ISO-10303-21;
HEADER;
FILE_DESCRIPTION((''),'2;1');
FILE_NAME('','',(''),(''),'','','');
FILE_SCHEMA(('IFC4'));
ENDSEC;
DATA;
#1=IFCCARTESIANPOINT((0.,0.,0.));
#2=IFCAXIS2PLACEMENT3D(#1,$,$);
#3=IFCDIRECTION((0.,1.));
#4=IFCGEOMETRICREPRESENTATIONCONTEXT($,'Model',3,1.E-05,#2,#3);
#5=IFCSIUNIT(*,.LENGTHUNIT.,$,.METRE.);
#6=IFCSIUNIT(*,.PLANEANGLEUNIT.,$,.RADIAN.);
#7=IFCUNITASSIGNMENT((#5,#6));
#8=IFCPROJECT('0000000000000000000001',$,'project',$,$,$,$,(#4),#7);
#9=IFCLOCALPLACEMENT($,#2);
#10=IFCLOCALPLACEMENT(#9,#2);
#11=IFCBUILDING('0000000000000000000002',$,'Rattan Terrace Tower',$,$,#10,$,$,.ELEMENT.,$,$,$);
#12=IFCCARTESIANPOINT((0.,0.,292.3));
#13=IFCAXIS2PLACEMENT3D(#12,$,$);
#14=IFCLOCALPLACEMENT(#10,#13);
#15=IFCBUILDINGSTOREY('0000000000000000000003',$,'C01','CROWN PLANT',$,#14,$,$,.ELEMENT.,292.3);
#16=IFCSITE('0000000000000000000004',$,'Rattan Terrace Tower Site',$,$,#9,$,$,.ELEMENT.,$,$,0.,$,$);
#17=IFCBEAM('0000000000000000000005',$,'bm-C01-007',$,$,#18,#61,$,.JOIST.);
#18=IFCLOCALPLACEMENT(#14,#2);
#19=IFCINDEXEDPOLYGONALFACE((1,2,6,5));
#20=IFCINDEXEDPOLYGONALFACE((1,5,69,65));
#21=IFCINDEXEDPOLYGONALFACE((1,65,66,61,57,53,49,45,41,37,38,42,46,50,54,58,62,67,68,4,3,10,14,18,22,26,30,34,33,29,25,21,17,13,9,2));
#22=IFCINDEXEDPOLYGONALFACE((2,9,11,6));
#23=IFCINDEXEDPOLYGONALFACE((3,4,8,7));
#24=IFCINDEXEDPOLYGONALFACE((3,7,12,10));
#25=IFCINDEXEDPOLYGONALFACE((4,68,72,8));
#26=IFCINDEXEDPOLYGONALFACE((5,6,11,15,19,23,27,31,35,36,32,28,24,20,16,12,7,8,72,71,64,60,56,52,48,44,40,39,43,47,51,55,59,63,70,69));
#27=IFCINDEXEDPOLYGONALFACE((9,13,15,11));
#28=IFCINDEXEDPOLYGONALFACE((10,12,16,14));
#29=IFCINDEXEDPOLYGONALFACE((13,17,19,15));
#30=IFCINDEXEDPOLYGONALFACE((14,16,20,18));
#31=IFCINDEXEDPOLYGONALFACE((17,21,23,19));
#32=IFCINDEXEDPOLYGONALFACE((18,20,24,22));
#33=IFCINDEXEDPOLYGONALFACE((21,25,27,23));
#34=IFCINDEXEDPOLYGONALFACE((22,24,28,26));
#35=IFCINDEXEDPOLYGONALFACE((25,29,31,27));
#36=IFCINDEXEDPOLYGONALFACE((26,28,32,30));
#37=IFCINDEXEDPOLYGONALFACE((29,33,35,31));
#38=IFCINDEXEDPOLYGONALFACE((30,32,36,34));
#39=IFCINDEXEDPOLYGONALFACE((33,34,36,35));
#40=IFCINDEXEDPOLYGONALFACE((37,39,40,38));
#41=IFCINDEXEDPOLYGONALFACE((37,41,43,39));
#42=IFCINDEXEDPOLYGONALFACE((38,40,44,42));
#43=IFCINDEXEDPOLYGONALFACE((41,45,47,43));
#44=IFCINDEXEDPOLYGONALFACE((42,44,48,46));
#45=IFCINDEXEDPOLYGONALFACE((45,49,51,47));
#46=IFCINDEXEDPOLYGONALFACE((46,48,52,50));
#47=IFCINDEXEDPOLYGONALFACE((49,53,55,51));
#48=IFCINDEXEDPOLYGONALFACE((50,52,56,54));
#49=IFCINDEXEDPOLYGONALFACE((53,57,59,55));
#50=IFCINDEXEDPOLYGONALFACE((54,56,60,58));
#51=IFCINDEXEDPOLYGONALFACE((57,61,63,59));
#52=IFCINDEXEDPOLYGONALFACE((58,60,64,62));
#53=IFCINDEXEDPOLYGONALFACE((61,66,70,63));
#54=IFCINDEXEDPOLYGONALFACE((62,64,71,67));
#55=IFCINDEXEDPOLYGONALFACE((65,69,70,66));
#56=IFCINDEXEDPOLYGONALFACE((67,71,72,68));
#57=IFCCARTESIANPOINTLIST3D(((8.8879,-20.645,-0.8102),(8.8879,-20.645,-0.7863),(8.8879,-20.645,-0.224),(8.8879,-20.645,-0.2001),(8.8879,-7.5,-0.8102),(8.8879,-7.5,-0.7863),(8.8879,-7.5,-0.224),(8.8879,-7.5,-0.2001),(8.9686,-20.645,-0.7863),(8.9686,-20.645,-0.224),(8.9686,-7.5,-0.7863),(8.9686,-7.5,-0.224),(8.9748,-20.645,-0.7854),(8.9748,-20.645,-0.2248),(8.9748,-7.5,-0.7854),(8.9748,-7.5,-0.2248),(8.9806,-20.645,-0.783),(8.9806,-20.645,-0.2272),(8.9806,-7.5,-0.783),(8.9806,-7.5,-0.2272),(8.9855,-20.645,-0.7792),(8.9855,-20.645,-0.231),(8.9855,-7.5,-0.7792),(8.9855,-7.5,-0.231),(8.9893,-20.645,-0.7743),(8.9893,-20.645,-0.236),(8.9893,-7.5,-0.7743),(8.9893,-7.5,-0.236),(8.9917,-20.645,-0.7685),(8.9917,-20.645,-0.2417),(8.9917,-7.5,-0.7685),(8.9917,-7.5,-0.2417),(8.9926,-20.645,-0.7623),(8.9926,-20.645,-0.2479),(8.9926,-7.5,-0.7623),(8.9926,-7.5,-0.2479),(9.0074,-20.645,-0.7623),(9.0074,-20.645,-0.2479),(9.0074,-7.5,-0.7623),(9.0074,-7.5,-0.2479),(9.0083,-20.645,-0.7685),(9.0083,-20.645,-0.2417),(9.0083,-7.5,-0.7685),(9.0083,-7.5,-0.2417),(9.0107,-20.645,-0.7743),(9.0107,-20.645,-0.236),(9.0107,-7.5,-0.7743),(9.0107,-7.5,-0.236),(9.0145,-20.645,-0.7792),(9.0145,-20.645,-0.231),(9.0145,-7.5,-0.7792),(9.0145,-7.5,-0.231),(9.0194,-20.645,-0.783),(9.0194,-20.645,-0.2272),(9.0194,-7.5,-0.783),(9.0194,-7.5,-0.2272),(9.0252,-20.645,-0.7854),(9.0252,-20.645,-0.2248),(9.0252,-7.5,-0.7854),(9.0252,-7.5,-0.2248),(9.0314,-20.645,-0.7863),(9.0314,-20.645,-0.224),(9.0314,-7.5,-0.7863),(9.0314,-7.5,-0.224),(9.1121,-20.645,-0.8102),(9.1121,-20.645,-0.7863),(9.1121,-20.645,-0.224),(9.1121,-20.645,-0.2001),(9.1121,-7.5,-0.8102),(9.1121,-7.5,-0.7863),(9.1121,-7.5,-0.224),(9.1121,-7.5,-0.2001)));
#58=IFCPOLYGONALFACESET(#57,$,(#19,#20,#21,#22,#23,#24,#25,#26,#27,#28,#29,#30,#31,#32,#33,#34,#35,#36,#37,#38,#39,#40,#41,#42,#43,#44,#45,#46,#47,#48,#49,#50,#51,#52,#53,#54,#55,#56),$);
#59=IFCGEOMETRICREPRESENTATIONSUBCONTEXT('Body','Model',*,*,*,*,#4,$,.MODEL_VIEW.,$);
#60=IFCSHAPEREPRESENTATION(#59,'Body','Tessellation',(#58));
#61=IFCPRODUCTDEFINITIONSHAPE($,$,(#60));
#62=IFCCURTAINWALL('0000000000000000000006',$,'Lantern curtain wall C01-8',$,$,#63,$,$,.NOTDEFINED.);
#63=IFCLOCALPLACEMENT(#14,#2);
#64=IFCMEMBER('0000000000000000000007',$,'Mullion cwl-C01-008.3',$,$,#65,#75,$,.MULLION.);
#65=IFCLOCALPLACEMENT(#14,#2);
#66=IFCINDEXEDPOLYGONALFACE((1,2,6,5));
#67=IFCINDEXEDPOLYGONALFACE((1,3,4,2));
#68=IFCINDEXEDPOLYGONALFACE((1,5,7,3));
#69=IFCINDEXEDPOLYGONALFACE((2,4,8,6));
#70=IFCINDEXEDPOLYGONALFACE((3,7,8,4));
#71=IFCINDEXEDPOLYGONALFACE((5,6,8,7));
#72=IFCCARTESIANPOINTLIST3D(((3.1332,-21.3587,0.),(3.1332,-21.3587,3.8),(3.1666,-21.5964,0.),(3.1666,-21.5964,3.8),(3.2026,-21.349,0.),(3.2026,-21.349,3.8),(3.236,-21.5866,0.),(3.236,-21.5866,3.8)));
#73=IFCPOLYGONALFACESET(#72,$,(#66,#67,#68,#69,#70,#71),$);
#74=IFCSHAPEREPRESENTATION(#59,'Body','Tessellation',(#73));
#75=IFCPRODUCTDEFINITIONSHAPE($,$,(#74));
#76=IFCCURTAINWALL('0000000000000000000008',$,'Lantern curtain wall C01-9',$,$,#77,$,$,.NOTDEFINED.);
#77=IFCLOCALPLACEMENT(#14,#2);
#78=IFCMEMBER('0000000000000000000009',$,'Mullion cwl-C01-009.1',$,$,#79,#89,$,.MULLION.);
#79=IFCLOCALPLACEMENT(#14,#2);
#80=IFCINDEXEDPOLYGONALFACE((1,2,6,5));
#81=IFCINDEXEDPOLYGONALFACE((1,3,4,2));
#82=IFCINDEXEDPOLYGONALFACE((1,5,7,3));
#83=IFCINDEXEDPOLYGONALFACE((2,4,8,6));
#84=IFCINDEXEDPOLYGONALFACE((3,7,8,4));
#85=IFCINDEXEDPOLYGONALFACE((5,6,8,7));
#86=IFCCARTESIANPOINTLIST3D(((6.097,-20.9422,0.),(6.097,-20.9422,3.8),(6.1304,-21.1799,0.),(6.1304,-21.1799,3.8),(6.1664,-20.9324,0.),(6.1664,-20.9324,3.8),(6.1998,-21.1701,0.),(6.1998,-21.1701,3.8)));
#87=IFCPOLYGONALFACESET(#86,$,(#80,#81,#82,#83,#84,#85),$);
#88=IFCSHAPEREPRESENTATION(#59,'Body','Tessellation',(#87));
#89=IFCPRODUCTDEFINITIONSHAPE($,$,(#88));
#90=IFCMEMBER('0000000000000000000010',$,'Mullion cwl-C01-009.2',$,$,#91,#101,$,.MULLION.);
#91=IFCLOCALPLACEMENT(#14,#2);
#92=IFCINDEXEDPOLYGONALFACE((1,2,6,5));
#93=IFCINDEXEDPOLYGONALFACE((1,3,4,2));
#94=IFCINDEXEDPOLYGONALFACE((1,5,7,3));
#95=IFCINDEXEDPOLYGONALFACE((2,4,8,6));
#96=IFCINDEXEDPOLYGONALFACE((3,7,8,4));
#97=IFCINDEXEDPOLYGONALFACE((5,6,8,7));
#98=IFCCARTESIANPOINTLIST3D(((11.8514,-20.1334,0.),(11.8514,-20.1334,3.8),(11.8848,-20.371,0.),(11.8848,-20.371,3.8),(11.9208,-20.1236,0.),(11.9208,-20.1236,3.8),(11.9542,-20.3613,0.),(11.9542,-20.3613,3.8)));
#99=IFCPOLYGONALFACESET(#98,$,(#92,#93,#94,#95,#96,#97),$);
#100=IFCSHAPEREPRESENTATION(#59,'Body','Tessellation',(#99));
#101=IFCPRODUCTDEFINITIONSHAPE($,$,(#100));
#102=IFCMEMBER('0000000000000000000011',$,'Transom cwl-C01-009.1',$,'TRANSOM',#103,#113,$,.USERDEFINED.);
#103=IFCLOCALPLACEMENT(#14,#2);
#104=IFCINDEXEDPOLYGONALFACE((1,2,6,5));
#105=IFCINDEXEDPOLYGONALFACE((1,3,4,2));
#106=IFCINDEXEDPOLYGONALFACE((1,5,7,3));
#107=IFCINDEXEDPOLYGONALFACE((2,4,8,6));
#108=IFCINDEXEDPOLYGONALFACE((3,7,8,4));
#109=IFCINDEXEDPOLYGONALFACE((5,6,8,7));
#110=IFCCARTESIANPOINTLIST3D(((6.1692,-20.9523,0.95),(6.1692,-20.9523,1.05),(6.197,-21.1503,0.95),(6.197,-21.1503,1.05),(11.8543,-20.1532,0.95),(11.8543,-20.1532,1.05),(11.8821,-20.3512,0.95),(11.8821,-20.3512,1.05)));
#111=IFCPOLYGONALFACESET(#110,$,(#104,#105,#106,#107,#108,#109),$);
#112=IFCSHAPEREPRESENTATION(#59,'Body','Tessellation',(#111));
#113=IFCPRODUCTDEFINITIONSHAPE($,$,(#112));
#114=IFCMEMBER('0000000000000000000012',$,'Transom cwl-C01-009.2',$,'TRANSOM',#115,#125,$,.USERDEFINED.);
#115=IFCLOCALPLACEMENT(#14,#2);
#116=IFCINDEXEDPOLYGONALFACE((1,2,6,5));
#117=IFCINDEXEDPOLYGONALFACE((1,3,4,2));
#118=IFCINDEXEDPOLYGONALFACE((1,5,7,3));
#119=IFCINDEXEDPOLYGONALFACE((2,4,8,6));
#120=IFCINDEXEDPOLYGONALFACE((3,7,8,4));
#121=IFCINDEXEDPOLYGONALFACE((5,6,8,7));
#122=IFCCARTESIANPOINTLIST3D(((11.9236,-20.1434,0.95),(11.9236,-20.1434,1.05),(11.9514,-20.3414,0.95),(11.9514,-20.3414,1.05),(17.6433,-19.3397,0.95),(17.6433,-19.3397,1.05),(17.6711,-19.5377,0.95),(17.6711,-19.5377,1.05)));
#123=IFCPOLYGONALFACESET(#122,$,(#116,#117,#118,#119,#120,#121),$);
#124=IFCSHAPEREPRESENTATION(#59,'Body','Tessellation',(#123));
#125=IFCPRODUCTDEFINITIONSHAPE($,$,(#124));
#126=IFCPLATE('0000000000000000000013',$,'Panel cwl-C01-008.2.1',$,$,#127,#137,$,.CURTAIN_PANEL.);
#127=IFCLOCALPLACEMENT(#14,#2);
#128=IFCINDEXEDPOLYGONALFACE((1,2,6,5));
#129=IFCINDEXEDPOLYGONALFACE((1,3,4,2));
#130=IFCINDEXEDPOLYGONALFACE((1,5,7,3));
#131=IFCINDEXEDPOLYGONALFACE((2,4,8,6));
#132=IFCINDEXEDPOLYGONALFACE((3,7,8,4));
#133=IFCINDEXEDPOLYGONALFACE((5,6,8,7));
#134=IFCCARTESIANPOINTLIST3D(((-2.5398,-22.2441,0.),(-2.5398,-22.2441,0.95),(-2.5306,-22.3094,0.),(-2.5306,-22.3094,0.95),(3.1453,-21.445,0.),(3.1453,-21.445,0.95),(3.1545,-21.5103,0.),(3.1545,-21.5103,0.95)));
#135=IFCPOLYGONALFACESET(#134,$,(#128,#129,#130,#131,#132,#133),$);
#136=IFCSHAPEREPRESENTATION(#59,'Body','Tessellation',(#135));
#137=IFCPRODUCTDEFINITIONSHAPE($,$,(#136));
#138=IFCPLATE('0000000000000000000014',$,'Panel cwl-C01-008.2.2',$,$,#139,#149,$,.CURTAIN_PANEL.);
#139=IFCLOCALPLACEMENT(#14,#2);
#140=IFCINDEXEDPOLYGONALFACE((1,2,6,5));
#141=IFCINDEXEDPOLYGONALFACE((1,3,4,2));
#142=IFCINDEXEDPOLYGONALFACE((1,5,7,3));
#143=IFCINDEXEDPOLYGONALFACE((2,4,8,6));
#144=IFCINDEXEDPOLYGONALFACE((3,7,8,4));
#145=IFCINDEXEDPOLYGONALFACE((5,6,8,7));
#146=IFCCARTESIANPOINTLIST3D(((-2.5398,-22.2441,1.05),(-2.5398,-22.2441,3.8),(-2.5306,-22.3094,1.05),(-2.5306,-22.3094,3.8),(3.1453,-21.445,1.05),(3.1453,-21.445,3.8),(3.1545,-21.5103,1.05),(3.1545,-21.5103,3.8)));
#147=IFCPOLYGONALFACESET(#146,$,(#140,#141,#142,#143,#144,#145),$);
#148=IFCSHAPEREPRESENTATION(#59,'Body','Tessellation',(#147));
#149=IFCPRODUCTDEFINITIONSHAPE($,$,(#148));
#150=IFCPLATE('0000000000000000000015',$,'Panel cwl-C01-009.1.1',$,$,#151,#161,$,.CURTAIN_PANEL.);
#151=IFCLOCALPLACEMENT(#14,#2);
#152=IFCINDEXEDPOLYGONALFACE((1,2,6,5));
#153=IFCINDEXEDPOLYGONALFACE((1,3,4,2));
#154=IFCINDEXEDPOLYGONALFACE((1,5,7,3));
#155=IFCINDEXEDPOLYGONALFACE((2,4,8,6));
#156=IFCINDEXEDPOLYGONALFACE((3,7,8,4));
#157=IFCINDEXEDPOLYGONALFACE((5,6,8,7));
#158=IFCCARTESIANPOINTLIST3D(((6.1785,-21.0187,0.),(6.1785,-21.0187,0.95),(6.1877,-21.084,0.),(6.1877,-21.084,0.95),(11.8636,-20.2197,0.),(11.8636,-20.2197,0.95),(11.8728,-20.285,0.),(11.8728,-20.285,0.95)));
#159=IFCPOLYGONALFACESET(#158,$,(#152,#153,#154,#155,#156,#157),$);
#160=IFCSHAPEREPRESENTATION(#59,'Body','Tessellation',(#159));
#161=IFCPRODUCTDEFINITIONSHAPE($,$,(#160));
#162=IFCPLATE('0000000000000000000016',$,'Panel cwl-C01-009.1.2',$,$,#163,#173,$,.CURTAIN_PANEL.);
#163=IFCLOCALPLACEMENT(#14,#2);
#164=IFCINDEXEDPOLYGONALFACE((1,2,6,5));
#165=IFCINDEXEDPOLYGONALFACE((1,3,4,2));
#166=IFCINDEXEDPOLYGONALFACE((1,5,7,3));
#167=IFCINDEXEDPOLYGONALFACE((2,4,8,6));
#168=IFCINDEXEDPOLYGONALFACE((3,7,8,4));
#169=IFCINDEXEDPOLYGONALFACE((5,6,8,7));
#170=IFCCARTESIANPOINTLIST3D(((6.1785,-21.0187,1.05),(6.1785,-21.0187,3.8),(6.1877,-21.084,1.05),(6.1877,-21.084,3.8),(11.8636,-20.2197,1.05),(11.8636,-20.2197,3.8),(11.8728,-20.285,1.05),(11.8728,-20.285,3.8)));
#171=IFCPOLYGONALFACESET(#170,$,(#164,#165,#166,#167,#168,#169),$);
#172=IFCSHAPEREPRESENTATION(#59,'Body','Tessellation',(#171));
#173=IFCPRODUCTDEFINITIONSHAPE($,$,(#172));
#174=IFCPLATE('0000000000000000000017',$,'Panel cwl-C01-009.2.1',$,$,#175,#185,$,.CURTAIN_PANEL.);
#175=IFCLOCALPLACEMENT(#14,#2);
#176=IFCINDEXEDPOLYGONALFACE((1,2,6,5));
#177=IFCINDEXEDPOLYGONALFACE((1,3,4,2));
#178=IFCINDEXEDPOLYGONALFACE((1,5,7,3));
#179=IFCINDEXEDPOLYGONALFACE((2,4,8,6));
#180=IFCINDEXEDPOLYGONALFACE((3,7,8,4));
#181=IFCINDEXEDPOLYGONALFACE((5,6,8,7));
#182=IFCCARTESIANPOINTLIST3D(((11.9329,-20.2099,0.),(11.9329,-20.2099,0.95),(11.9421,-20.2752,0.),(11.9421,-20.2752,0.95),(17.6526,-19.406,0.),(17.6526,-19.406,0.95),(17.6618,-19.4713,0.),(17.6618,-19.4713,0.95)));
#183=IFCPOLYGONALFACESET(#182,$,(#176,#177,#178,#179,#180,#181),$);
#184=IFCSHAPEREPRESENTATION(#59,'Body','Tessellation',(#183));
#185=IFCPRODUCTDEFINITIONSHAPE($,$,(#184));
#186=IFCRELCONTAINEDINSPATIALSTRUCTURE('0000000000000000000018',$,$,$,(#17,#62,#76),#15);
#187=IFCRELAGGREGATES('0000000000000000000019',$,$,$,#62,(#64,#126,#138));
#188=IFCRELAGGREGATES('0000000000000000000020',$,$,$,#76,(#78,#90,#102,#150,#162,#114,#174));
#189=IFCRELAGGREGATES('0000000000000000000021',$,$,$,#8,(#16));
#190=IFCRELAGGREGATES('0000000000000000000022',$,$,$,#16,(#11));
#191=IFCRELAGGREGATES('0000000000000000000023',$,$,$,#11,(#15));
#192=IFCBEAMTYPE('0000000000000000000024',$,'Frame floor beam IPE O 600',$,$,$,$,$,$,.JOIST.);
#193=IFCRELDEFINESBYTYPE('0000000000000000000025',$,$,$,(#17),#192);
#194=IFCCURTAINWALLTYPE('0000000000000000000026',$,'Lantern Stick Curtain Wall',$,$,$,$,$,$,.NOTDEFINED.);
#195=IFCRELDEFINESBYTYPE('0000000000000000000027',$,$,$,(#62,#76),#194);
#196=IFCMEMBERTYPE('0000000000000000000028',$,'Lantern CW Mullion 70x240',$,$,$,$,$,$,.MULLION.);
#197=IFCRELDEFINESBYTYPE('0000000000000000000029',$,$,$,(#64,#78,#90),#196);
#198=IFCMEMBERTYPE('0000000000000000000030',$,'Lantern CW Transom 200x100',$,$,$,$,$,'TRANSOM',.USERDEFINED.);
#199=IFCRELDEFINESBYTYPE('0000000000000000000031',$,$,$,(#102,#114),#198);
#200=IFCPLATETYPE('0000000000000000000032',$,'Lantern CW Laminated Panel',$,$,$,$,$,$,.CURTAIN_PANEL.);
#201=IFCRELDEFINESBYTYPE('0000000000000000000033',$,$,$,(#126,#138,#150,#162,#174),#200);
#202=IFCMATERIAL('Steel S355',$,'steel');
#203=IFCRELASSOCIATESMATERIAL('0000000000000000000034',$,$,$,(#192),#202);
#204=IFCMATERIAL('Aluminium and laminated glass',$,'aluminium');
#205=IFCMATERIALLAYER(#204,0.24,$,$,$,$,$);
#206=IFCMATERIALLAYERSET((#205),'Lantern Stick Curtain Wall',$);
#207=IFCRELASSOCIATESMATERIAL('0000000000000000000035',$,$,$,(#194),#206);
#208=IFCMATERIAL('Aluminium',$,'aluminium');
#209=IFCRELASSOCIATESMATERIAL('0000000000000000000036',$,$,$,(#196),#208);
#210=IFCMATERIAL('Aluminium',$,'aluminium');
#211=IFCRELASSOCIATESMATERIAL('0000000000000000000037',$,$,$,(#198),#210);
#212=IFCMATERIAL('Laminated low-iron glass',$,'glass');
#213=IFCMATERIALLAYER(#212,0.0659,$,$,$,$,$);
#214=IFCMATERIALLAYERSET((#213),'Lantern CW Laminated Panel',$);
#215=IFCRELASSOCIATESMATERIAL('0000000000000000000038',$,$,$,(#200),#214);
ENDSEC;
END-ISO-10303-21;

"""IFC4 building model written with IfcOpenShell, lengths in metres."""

from ifc_helpers import new_model, si_unit, direction, frame, origin, origin_2d, place, context, subcontext, project, spatial, rectangle, i_section, extrude, material, layer, layer_set, material_profile, profile_set, type_object, element, aggregate, save


model = new_model("IFC4")

# Units and contexts
model_context = context("Model", 3, precision=1e-05, world=origin(), true_north=direction((0.0, 1.0)))
body_context = subcontext(model_context, "Body", "Model", "MODEL_VIEW")
ifc_project = project(units=[si_unit("LENGTHUNIT", "METRE"), si_unit("PLANEANGLEUNIT", "RADIAN")], contexts=[model_context])

# Site, building, storey
site_placement = place(None, origin())
site = spatial("IfcSite", under=ifc_project, at=site_placement, Name="Rattan Terrace Tower Site", CompositionType="ELEMENT", RefElevation=0.0)
building_placement = place(site_placement, origin())
building = spatial("IfcBuilding", under=site, at=building_placement, Name="Rattan Terrace Tower", CompositionType="ELEMENT")
storey_placement = place(building_placement, frame((0.0, 0.0, 292.3)))
storey = spatial("IfcBuildingStorey", under=building, at=storey_placement, Name="C01", Description="CROWN PLANT", CompositionType="ELEMENT", Elevation=292.3)

# Beam
ifc_material_1 = material(Name="Steel S355", Category="steel")
ifc_material_profile_1 = material_profile(ifc_material_1, i_section(OverallWidth=0.2241, OverallDepth=0.6101, WebThickness=0.0149, FlangeThickness=0.0239, FilletRadius=0.0239, at=origin_2d()), Name="IPE O 600")
ifc_profile_set_1 = profile_set([ifc_material_profile_1], Name="Steel S355")
beam_type_1 = type_object("IfcBeamType", Name="Frame floor beam IPE O 600", PredefinedType="JOIST", material=ifc_profile_set_1)
beam_1_placement = place(storey_placement, frame((9.0, -20.645, -0.5051), z_axis=(0.0, 1.0, 0.0), x_axis=(-1.0, 0.0, 0.0)))
element("IfcBeam", 1, at=beam_1_placement, inside=storey, type_object=beam_type_1, Name="bm-C01-007", PredefinedType="JOIST", context=body_context, shape_type="SweptSolid", body=[
    extrude(i_section(OverallWidth=0.2241, OverallDepth=0.6101, WebThickness=0.0149, FlangeThickness=0.0239, FilletRadius=0.0239, at=origin_2d()), origin(), (0.0, 0.0, 1.0), 13.145),
])

# Curtain wall, member
ifc_material_2 = material(Name="Aluminium and laminated glass", Category="aluminium")
ifc_layer_1 = layer(ifc_material_2, 0.24)
ifc_layer_set_1 = layer_set([ifc_layer_1], Name="Lantern Stick Curtain Wall")
curtain_wall_type = type_object("IfcCurtainWallType", Name="Lantern Stick Curtain Wall", PredefinedType="NOTDEFINED", material=ifc_layer_set_1)
curtain_wall_1_placement = place(storey_placement, origin())
curtain_wall_1 = element("IfcCurtainWall", 2, at=curtain_wall_1_placement, inside=storey, type_object=curtain_wall_type, Name="Lantern curtain wall C01-8", PredefinedType="NOTDEFINED")
ifc_material_3 = material(Name="Aluminium", Category="aluminium")
ifc_material_profile_2 = material_profile(ifc_material_3, rectangle(XDim=0.0701, YDim=0.24, at=origin_2d()), Name="Aluminium 70x240")
ifc_profile_set_2 = profile_set([ifc_material_profile_2], Name="Aluminium")
member_type_1 = type_object("IfcMemberType", Name="Lantern CW Mullion 70x240", PredefinedType="MULLION", material=ifc_profile_set_2)
member_1_placement = place(storey_placement, frame((3.1846, -21.4727, 0.0), z_axis=(0.0, 0.0, 1.0), x_axis=(0.990267, 0.139181, 0.0)))
member_1 = element("IfcMember", 3, at=member_1_placement, type_object=member_type_1, Name="Mullion cwl-C01-008.3", PredefinedType="MULLION", context=body_context, shape_type="SweptSolid", body=[
    extrude(rectangle(XDim=0.0701, YDim=0.24, at=origin_2d()), origin(), (0.0, 0.0, 1.0), 3.8),
])

# Curtain wall, members
curtain_wall_2_placement = place(storey_placement, origin())
curtain_wall_2 = element("IfcCurtainWall", 4, at=curtain_wall_2_placement, inside=storey, type_object=curtain_wall_type, Name="Lantern curtain wall C01-9", PredefinedType="NOTDEFINED")
member_2_placement = place(storey_placement, frame((6.1484, -21.0562, 0.0), z_axis=(0.0, 0.0, 1.0), x_axis=(0.990267, 0.139181, 0.0)))
member_2 = element("IfcMember", 5, at=member_2_placement, type_object=member_type_1, Name="Mullion cwl-C01-009.1", PredefinedType="MULLION", context=body_context, shape_type="SweptSolid", body=[
    extrude(rectangle(XDim=0.0701, YDim=0.24, at=origin_2d()), origin(), (0.0, 0.0, 1.0), 3.8),
])
member_3_placement = place(storey_placement, frame((11.9028, -20.2473, 0.0), z_axis=(0.0, 0.0, 1.0), x_axis=(0.990267, 0.139181, 0.0)))
member_3 = element("IfcMember", 6, at=member_3_placement, type_object=member_type_1, Name="Mullion cwl-C01-009.2", PredefinedType="MULLION", context=body_context, shape_type="SweptSolid", body=[
    extrude(rectangle(XDim=0.0701, YDim=0.24, at=origin_2d()), origin(), (0.0, 0.0, 1.0), 3.8),
])
ifc_material_4 = material(Name="Aluminium", Category="aluminium")
ifc_material_profile_3 = material_profile(ifc_material_4, rectangle(XDim=0.2, YDim=0.1001, at=origin_2d()), Name="Aluminium 200x100")
ifc_profile_set_3 = profile_set([ifc_material_profile_3], Name="Aluminium")
member_type_2 = type_object("IfcMemberType", Name="Lantern CW Transom 200x100", ElementType="TRANSOM", PredefinedType="USERDEFINED", material=ifc_profile_set_3)
member_4_placement = place(storey_placement, frame((6.1831, -21.0513, 1.0), z_axis=(0.990266, 0.139188, 0.0), x_axis=(-0.139188, 0.990266, 0.0)))
member_4 = element("IfcMember", 7, at=member_4_placement, type_object=member_type_2, Name="Transom cwl-C01-009.1", ObjectType="TRANSOM", PredefinedType="USERDEFINED", context=body_context, shape_type="SweptSolid", body=[
    extrude(rectangle(XDim=0.2, YDim=0.1001, at=origin_2d()), origin(), (0.0, 0.0, 1.0), 5.741),
])
member_5_placement = place(storey_placement, frame((11.9375, -20.2424, 1.0), z_axis=(0.990272, 0.139149, 0.0), x_axis=(-0.139149, 0.990272, 0.0)))
member_5 = element("IfcMember", 8, at=member_5_placement, type_object=member_type_2, Name="Transom cwl-C01-009.2", ObjectType="TRANSOM", PredefinedType="USERDEFINED", context=body_context, shape_type="SweptSolid", body=[
    extrude(rectangle(XDim=0.2, YDim=0.1001, at=origin_2d()), origin(), (0.0, 0.0, 1.0), 5.7759),
])

# Plates
ifc_material_5 = material(Name="Laminated low-iron glass", Category="glass")
ifc_layer_2 = layer(ifc_material_5, 0.0659)
ifc_layer_set_2 = layer_set([ifc_layer_2], Name="Lantern CW Laminated Panel")
plate_type = type_object("IfcPlateType", Name="Lantern CW Laminated Panel", PredefinedType="CURTAIN_PANEL", material=ifc_layer_set_2)
plate_1_placement = place(storey_placement, frame((0.3074, -21.8772, 0.0), z_axis=(0.0, 0.0, 1.0), x_axis=(0.990267, 0.139181, 0.0)))
plate_1 = element("IfcPlate", 9, at=plate_1_placement, type_object=plate_type, Name="Panel cwl-C01-008.2.1", PredefinedType="CURTAIN_PANEL", context=body_context, shape_type="SweptSolid", body=[
    extrude(rectangle(XDim=5.741, YDim=0.0659, at=origin_2d()), origin(), (0.0, 0.0, 1.0), 0.95),
])
plate_2_placement = place(storey_placement, frame((0.3074, -21.8772, 1.05), z_axis=(0.0, 0.0, 1.0), x_axis=(0.990267, 0.139181, 0.0)))
plate_2 = element("IfcPlate", 10, at=plate_2_placement, type_object=plate_type, Name="Panel cwl-C01-008.2.2", PredefinedType="CURTAIN_PANEL", context=body_context, shape_type="SweptSolid", body=[
    extrude(rectangle(XDim=5.741, YDim=0.0659, at=origin_2d()), origin(), (0.0, 0.0, 1.0), 2.75),
])
aggregate(curtain_wall_1, [member_1, plate_1, plate_2])
plate_3_placement = place(storey_placement, frame((9.0256, -20.6519, 0.0), z_axis=(0.0, 0.0, 1.0), x_axis=(0.990267, 0.139181, 0.0)))
plate_3 = element("IfcPlate", 11, at=plate_3_placement, type_object=plate_type, Name="Panel cwl-C01-009.1.1", PredefinedType="CURTAIN_PANEL", context=body_context, shape_type="SweptSolid", body=[
    extrude(rectangle(XDim=5.741, YDim=0.0659, at=origin_2d()), origin(), (0.0, 0.0, 1.0), 0.95),
])
plate_4_placement = place(storey_placement, frame((9.0256, -20.6519, 1.05), z_axis=(0.0, 0.0, 1.0), x_axis=(0.990267, 0.139181, 0.0)))
plate_4 = element("IfcPlate", 12, at=plate_4_placement, type_object=plate_type, Name="Panel cwl-C01-009.1.2", PredefinedType="CURTAIN_PANEL", context=body_context, shape_type="SweptSolid", body=[
    extrude(rectangle(XDim=5.741, YDim=0.0659, at=origin_2d()), origin(), (0.0, 0.0, 1.0), 2.75),
])
plate_5_placement = place(storey_placement, frame((14.7974, -19.8406, 0.0), z_axis=(0.0, 0.0, 1.0), x_axis=(0.990267, 0.139181, 0.0)))
plate_5 = element("IfcPlate", 13, at=plate_5_placement, type_object=plate_type, Name="Panel cwl-C01-009.2.1", PredefinedType="CURTAIN_PANEL", context=body_context, shape_type="SweptSolid", body=[
    extrude(rectangle(XDim=5.7759, YDim=0.0659, at=origin_2d()), origin(), (0.0, 0.0, 1.0), 0.95),
])
aggregate(curtain_wall_2, [member_2, member_3, member_4, plate_3, plate_4, member_5, plate_5])

save(model, "model.ifc")
